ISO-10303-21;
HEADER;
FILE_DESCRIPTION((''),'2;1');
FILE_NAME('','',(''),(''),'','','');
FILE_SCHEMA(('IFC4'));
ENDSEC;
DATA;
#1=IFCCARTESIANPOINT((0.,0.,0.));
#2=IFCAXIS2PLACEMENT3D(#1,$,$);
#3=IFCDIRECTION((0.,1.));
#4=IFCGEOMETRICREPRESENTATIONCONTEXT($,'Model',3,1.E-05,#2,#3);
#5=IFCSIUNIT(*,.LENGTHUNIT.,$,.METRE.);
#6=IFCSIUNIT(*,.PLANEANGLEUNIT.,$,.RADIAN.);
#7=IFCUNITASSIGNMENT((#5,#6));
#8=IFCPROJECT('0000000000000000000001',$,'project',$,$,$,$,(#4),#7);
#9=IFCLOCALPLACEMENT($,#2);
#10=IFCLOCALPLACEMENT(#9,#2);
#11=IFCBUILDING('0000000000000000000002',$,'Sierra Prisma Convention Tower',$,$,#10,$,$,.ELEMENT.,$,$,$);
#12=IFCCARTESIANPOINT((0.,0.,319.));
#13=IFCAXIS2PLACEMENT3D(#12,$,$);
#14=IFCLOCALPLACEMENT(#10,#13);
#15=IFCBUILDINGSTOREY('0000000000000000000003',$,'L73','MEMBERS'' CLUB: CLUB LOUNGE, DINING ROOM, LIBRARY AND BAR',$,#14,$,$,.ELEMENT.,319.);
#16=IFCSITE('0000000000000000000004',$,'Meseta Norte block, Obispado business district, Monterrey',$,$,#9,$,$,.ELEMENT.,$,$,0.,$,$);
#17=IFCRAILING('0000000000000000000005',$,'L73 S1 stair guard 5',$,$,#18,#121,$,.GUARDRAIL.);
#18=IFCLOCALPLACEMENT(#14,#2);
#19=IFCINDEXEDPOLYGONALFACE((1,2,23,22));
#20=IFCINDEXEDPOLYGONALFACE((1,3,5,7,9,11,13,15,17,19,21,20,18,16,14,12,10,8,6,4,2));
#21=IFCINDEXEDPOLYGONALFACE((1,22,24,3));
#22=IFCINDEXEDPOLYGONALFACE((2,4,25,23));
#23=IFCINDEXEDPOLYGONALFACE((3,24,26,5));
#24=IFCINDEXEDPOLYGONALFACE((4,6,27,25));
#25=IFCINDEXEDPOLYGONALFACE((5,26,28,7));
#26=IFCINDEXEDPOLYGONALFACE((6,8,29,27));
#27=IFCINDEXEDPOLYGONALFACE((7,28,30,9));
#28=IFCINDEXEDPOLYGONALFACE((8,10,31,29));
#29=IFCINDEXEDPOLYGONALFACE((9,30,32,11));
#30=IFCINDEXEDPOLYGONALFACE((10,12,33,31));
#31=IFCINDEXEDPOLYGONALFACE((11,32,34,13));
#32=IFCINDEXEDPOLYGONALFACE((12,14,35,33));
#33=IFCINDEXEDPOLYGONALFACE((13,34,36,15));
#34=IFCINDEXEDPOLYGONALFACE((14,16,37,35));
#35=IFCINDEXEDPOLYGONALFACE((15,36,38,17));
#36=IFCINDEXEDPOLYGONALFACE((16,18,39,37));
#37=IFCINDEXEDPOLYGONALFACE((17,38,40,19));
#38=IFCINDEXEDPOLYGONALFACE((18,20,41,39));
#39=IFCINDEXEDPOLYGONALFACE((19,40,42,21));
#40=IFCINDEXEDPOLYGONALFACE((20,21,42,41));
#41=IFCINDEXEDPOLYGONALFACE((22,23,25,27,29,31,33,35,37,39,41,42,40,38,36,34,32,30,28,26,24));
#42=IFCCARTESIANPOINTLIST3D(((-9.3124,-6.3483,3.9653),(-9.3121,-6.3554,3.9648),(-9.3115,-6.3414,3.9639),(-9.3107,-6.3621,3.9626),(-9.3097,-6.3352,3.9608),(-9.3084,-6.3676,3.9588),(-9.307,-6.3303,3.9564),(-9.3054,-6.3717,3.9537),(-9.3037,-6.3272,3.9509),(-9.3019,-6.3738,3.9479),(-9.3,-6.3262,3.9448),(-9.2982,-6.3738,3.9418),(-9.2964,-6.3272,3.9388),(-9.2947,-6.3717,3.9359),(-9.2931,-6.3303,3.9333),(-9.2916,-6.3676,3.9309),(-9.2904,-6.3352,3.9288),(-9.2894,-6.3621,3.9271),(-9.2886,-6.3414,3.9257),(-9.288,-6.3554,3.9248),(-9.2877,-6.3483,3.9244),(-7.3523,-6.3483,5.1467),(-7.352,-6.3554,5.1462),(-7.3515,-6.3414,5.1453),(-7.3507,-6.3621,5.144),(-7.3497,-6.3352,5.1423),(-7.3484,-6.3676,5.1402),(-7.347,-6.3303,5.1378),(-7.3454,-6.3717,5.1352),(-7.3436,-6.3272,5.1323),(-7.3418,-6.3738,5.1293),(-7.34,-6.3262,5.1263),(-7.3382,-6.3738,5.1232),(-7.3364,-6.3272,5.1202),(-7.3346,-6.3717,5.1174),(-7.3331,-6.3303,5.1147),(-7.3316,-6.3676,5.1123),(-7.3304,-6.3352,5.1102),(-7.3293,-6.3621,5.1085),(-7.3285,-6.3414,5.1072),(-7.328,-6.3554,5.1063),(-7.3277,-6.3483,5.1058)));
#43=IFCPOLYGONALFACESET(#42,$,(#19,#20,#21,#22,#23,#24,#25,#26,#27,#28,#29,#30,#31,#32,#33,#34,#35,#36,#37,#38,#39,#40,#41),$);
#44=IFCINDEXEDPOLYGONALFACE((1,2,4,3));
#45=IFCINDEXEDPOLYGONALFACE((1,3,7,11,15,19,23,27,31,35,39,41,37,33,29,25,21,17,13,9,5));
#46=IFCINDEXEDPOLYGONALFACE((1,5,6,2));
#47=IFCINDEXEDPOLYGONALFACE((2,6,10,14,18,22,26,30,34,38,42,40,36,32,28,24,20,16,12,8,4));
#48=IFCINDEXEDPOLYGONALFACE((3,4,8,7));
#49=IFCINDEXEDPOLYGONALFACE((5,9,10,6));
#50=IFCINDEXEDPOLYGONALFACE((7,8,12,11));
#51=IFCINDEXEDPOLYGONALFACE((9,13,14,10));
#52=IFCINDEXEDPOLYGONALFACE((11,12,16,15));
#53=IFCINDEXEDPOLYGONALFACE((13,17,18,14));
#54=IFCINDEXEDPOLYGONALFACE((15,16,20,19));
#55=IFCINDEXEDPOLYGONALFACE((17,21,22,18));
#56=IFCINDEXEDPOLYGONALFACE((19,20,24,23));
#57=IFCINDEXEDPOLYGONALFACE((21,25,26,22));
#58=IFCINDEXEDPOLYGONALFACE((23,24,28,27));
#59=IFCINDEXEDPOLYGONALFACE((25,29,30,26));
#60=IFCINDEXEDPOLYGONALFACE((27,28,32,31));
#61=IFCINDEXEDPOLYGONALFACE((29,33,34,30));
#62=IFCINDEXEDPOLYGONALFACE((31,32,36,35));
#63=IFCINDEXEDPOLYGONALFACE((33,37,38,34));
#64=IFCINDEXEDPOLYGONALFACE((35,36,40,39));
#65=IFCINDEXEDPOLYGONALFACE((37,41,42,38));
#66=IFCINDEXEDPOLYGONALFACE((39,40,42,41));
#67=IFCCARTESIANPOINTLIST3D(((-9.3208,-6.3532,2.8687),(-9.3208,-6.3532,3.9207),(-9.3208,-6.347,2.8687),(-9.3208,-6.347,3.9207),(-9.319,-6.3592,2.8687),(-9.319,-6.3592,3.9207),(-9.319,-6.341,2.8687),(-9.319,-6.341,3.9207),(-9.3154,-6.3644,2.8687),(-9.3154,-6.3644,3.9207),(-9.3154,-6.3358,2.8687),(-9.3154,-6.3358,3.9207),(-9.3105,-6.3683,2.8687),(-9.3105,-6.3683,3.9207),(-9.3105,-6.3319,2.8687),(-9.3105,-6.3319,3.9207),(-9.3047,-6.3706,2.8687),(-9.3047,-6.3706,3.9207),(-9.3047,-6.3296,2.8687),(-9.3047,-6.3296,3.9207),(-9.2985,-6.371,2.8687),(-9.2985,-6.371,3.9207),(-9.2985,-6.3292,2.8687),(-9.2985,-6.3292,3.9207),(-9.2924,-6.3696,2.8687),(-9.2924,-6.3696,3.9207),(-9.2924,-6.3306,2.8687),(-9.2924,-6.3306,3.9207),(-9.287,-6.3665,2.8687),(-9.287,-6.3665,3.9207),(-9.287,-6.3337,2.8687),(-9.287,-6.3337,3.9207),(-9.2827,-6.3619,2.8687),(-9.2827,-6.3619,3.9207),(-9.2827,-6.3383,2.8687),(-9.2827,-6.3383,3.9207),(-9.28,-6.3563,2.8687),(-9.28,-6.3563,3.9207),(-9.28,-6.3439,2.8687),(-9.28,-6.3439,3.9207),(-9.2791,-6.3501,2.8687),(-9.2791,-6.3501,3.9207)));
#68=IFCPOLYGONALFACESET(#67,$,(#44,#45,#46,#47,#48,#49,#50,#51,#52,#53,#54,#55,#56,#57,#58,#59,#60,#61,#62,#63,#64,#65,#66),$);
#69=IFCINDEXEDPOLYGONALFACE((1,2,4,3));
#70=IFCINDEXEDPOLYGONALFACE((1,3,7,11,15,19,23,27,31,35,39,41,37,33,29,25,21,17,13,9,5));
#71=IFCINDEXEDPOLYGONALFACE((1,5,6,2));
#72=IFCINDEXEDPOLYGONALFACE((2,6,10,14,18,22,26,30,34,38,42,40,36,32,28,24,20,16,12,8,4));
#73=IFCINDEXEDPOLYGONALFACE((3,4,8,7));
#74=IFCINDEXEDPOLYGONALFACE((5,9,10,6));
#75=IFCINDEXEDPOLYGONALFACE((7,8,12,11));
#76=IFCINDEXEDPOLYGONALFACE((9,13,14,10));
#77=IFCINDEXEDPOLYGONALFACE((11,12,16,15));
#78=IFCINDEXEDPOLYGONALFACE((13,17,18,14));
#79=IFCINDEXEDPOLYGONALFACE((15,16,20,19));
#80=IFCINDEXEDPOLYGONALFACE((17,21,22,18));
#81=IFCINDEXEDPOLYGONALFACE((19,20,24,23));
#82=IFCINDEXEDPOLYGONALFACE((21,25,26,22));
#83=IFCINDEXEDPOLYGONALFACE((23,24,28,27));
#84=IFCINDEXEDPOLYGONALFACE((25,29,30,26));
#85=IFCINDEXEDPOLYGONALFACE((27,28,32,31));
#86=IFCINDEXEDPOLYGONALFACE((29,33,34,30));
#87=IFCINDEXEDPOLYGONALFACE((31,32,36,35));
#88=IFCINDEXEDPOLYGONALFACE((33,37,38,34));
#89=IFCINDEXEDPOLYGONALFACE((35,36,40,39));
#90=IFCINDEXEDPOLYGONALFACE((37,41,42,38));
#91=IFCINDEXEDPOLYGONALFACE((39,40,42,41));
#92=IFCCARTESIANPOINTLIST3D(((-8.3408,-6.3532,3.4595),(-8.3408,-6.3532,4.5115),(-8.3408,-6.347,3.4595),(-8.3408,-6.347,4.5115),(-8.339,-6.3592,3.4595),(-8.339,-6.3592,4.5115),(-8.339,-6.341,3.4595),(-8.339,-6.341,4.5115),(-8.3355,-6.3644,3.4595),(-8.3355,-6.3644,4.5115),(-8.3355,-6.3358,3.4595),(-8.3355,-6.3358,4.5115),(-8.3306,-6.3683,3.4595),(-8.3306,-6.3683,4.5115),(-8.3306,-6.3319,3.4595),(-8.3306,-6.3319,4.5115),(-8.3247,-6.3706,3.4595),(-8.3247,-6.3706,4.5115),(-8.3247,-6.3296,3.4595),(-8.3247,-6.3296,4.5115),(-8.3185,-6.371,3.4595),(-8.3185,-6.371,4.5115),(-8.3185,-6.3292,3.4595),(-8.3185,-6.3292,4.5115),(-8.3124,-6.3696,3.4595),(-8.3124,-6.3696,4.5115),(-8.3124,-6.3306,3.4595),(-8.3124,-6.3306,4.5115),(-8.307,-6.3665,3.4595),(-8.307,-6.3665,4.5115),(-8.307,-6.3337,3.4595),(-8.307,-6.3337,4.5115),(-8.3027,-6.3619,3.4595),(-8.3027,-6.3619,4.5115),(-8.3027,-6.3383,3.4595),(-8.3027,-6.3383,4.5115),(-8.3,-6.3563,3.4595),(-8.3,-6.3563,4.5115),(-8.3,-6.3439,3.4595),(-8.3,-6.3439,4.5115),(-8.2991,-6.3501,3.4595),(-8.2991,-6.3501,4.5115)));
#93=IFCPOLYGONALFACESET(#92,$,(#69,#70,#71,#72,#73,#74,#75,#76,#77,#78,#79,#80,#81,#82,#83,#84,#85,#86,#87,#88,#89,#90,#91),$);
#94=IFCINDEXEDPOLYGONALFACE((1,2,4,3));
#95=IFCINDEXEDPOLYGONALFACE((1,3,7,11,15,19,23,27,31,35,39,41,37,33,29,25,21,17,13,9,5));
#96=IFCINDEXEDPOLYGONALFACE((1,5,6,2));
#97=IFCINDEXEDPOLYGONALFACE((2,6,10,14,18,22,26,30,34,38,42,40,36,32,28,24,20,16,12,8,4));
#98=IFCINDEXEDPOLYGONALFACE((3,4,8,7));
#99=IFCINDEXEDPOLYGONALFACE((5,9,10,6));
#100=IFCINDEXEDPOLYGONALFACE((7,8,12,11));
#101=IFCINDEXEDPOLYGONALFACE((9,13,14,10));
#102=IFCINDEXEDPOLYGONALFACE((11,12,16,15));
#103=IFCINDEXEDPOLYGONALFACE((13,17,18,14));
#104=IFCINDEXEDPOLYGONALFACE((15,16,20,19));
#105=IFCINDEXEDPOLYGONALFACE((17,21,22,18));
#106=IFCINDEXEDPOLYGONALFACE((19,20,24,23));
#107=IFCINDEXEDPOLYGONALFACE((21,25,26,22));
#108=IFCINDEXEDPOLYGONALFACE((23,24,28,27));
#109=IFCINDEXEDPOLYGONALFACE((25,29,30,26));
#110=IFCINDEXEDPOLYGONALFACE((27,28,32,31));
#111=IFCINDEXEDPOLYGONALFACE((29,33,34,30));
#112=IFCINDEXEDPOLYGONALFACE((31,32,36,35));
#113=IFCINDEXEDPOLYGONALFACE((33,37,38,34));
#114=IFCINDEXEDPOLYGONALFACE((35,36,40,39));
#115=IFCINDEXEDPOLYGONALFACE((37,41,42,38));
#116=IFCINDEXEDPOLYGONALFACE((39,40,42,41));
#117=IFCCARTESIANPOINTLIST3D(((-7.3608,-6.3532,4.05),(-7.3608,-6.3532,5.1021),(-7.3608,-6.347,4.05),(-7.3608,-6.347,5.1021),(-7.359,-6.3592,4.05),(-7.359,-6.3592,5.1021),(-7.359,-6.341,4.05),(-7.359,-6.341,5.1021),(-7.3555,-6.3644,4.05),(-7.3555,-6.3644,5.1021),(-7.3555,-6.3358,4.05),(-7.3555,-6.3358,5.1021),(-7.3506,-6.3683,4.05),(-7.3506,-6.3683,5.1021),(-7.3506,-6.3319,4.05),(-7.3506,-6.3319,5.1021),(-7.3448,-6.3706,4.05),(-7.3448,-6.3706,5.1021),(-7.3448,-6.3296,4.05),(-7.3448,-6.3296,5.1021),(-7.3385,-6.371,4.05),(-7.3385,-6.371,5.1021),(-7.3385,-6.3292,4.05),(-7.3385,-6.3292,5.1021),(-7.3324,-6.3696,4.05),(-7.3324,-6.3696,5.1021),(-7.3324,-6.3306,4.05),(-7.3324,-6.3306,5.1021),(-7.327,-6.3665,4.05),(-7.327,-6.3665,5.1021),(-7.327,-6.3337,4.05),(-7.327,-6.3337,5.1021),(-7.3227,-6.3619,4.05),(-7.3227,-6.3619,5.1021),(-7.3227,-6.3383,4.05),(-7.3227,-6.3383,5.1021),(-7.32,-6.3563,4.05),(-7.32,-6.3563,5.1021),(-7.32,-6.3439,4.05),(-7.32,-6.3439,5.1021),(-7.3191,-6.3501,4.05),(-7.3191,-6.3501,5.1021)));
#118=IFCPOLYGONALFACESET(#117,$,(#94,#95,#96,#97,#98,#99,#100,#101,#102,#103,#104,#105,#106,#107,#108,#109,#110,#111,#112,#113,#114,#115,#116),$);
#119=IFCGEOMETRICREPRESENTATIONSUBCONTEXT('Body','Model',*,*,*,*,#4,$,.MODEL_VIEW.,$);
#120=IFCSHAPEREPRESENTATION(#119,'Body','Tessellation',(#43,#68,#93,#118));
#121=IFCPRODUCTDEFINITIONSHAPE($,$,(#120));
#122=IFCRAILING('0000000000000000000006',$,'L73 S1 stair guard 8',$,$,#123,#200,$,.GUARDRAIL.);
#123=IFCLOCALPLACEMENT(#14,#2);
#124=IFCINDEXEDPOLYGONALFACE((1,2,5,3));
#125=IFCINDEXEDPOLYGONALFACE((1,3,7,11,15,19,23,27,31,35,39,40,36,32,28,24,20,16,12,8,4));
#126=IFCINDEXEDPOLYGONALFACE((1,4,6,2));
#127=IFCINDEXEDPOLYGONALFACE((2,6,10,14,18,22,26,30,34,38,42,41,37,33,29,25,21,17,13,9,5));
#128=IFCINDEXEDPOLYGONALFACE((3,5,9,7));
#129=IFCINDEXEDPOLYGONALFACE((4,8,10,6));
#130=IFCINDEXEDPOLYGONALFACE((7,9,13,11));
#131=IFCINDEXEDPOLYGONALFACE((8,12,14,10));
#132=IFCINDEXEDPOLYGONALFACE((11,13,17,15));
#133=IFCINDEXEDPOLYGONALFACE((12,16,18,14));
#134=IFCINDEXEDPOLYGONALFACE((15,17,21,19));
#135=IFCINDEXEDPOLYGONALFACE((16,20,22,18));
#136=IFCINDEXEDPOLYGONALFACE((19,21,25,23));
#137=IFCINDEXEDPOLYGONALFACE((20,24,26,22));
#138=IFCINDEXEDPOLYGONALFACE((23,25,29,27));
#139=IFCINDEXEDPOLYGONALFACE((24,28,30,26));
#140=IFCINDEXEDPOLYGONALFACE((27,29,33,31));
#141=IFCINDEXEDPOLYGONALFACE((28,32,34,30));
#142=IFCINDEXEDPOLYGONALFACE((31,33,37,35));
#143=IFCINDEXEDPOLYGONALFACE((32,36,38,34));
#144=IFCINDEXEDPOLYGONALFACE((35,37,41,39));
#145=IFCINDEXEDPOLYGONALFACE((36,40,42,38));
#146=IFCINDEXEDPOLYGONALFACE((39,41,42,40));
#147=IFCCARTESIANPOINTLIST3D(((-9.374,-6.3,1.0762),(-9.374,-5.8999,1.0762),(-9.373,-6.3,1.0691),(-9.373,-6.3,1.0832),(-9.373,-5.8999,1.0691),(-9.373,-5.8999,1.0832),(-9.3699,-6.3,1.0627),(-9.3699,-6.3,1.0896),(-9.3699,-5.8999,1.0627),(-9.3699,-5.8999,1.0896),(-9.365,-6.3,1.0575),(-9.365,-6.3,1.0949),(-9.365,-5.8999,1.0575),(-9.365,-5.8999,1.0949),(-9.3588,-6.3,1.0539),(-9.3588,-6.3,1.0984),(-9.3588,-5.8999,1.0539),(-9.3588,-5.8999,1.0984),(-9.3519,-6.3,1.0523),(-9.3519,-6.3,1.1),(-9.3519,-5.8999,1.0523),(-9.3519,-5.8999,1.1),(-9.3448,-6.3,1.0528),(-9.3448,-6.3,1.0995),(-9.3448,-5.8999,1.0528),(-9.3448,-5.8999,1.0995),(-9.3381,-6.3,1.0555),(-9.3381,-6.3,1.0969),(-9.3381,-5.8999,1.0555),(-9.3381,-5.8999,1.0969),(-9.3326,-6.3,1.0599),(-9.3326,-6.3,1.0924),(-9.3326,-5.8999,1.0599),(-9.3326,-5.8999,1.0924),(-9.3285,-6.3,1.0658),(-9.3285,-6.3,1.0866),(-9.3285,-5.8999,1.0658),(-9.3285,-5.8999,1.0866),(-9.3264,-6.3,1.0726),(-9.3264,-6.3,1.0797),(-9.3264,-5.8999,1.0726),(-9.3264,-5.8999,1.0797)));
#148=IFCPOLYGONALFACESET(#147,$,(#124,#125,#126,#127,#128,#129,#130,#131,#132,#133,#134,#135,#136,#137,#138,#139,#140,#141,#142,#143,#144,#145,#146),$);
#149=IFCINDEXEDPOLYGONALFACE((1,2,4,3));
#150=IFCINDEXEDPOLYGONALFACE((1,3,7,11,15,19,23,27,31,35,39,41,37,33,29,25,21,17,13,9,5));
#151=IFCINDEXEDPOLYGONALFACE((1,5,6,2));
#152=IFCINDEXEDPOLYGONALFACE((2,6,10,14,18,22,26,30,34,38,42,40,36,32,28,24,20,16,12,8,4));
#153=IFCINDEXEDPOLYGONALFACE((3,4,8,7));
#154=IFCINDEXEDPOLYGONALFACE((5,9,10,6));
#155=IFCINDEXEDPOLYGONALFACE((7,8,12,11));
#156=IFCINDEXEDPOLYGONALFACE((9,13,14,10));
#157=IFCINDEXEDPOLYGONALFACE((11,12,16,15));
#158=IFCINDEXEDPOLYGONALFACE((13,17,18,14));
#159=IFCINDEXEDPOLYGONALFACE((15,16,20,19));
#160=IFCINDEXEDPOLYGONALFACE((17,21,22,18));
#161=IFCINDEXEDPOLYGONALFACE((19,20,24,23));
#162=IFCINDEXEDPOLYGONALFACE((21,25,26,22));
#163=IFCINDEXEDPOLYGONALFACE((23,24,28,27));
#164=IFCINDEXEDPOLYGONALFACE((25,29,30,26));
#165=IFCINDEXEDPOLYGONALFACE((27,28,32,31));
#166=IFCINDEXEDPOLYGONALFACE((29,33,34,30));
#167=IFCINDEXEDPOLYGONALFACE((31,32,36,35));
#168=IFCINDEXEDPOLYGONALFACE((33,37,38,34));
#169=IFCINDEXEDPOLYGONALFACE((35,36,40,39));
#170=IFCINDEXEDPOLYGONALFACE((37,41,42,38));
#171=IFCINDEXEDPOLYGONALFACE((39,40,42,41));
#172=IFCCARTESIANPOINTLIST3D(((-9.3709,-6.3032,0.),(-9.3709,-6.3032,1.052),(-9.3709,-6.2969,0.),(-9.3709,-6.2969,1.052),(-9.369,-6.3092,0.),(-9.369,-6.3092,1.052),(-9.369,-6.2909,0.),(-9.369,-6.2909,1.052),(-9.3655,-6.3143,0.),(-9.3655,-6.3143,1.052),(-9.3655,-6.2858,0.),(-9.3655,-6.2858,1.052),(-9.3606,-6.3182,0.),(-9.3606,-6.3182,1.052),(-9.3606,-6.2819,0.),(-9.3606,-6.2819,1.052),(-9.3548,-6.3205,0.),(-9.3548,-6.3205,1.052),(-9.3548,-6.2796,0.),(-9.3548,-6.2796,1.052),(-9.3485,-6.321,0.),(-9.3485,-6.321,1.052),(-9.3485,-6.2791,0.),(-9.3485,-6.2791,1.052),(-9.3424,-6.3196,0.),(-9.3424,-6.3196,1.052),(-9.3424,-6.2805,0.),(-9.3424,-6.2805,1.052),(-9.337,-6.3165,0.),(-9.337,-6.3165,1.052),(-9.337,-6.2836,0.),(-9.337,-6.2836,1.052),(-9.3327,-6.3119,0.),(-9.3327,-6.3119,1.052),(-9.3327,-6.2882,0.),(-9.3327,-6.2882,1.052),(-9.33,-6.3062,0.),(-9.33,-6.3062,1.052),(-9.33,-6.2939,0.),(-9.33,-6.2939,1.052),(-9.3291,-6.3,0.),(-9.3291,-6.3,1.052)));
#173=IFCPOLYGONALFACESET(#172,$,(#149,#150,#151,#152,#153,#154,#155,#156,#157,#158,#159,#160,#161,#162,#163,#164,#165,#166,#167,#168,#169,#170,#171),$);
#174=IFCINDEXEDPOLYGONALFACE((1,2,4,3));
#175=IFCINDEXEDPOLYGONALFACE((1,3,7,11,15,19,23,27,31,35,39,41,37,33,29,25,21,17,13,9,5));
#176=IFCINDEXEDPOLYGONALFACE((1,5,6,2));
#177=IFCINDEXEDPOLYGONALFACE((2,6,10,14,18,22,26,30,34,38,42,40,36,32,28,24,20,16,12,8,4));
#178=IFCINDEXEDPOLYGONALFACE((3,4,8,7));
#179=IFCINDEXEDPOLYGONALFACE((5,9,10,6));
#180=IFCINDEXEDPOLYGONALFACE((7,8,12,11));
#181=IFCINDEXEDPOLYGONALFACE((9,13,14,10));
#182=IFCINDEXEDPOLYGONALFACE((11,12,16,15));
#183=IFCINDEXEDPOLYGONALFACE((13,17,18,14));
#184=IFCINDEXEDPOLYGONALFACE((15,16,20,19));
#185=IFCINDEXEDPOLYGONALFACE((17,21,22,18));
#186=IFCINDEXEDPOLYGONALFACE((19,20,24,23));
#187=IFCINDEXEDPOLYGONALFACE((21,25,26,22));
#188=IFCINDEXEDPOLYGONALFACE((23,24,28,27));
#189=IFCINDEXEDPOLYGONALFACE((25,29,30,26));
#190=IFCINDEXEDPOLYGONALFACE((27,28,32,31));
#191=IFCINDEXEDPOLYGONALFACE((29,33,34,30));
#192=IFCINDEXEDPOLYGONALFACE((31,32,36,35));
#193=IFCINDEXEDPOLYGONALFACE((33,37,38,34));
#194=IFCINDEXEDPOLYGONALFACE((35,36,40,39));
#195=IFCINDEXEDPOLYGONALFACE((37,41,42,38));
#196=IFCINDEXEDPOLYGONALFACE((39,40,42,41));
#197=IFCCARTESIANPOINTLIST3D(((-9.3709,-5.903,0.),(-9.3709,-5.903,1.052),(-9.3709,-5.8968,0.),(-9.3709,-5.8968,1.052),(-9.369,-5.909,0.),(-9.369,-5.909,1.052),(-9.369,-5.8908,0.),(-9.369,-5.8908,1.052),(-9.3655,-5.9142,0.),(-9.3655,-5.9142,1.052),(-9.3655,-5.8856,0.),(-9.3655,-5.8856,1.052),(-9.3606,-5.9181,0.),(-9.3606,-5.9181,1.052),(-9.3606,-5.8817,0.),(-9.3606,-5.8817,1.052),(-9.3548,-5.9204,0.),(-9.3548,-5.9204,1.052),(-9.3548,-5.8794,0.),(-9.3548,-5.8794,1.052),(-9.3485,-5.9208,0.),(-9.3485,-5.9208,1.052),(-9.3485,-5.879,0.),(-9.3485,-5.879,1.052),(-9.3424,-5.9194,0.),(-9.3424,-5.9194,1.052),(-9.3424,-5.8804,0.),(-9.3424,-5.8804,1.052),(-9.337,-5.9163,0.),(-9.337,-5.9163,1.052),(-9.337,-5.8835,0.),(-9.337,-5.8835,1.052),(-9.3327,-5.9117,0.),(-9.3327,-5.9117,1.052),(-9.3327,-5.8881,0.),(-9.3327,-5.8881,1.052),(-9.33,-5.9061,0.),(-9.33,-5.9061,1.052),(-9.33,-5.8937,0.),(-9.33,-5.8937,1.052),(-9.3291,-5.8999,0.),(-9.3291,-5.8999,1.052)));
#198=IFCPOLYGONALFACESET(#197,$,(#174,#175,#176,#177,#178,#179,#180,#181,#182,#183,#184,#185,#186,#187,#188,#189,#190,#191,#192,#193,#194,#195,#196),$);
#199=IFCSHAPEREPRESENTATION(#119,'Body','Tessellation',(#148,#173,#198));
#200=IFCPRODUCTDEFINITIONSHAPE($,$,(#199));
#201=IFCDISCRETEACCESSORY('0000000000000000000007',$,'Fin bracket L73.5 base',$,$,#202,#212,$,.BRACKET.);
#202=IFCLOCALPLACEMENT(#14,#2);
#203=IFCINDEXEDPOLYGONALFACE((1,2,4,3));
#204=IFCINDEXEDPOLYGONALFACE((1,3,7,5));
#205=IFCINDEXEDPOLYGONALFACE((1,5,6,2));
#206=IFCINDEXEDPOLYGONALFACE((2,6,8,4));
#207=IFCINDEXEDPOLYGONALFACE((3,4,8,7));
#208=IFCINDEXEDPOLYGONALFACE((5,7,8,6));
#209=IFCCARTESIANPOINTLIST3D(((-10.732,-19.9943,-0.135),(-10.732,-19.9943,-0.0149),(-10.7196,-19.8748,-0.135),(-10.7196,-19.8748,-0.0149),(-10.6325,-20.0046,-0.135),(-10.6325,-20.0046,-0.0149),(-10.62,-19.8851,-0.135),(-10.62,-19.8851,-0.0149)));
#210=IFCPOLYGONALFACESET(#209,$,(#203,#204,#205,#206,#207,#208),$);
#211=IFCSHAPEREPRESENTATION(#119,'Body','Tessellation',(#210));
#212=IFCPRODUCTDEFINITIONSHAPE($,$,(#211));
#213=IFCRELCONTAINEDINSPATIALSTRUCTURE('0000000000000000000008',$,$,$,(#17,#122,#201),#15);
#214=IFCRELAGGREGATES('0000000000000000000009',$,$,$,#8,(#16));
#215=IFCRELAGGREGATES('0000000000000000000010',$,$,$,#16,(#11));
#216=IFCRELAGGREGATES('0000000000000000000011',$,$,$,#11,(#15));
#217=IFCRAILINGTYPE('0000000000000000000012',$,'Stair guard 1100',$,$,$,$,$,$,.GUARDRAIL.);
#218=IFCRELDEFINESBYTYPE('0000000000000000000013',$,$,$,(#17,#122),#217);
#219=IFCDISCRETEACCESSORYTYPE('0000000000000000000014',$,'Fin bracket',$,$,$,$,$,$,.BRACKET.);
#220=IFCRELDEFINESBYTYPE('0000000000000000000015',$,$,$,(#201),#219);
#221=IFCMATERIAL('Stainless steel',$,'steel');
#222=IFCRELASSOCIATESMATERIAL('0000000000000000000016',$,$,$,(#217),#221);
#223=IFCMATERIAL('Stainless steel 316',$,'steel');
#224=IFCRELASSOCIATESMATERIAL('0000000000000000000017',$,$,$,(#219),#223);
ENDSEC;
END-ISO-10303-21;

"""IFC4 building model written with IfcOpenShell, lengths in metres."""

from ifc_helpers import new_model, si_unit, direction, frame, origin, origin_2d, place, context, subcontext, project, spatial, rectangle, circle, extrude, material, type_object, element, save


model = new_model("IFC4")

# Units and contexts
model_context = context("Model", 3, precision=1e-05, world=origin(), true_north=direction((0.0, 1.0)))
body_context = subcontext(model_context, "Body", "Model", "MODEL_VIEW")
ifc_project = project(units=[si_unit("LENGTHUNIT", "METRE"), si_unit("PLANEANGLEUNIT", "RADIAN")], contexts=[model_context])

# Site, building, storey
site_placement = place(None, origin())
site = spatial("IfcSite", under=ifc_project, at=site_placement, Name="Meseta Norte block, Obispado business district, Monterrey", CompositionType="ELEMENT", RefElevation=0.0)
building_placement = place(site_placement, origin())
building = spatial("IfcBuilding", under=site, at=building_placement, Name="Sierra Prisma Convention Tower", CompositionType="ELEMENT")
storey_placement = place(building_placement, frame((0.0, 0.0, 319.0)))
storey = spatial("IfcBuildingStorey", under=building, at=storey_placement, Name="L73", Description="MEMBERS' CLUB: CLUB LOUNGE, DINING ROOM, LIBRARY AND BAR", CompositionType="ELEMENT", Elevation=319.0)

# Railings
ifc_material_1 = material(Name="Stainless steel", Category="steel")
railing_type_1 = type_object("IfcRailingType", Name="Stair guard 1100", PredefinedType="GUARDRAIL", material=ifc_material_1)
railing_1_placement = place(storey_placement, frame((-9.3, -6.3501, 2.8687)))
element("IfcRailing", 1, at=railing_1_placement, inside=storey, type_object=railing_type_1, Name="L73 S1 stair guard 5", PredefinedType="GUARDRAIL", context=body_context, shape_type="SweptSolid", body=[
    extrude(circle(Radius=0.0239, at=origin_2d()), frame((0.0, 0.0, 1.0762), z_axis=(0.856446, 0.0, 0.516236), x_axis=(0.0, 1.0, 0.0)), (0.0, 0.0, 1.0), 2.2886),
    extrude(circle(Radius=0.021, at=origin_2d()), origin(), (0.0, 0.0, 1.0), 1.052),
    extrude(circle(Radius=0.021, at=origin_2d()), frame((0.98, 0.0, 0.5908)), (0.0, 0.0, 1.0), 1.052),
    extrude(circle(Radius=0.021, at=origin_2d()), frame((1.96, 0.0, 1.1814)), (0.0, 0.0, 1.0), 1.052),
])
railing_2_placement = place(storey_placement, frame((-9.3501, -6.3, 0.0)))
element("IfcRailing", 2, at=railing_2_placement, inside=storey, type_object=railing_type_1, Name="L73 S1 stair guard 8", PredefinedType="GUARDRAIL", context=body_context, shape_type="SweptSolid", body=[
    extrude(circle(Radius=0.0239, at=origin_2d()), frame((0.0, 0.0, 1.0762), z_axis=(0.0, 1.0, 0.0), x_axis=(-1.0, 0.0, 0.0)), (0.0, 0.0, 1.0), 0.4001),
    extrude(circle(Radius=0.021, at=origin_2d()), origin(), (0.0, 0.0, 1.0), 1.052),
    extrude(circle(Radius=0.021, at=origin_2d()), frame((0.0, 0.4001, 0.0)), (0.0, 0.0, 1.0), 1.052),
])

# Discrete accessory
ifc_material_2 = material(Name="Stainless steel 316", Category="steel")
discrete_accessory_type = type_object("IfcDiscreteAccessoryType", Name="Fin bracket", PredefinedType="BRACKET", material=ifc_material_2)
discrete_accessory_placement = place(storey_placement, frame((-10.676, -19.9397, -0.135), z_axis=(0.0, 0.0, 1.0), x_axis=(-0.103487, -0.994631, 0.0)))
element("IfcDiscreteAccessory", 3, at=discrete_accessory_placement, inside=storey, type_object=discrete_accessory_type, Name="Fin bracket L73.5 base", PredefinedType="BRACKET", context=body_context, shape_type="SweptSolid", body=[
    extrude(rectangle(XDim=0.1201, YDim=0.1001, at=origin_2d()), origin(), (0.0, 0.0, 1.0), 0.1201),
])

save(model, "model.ifc")
